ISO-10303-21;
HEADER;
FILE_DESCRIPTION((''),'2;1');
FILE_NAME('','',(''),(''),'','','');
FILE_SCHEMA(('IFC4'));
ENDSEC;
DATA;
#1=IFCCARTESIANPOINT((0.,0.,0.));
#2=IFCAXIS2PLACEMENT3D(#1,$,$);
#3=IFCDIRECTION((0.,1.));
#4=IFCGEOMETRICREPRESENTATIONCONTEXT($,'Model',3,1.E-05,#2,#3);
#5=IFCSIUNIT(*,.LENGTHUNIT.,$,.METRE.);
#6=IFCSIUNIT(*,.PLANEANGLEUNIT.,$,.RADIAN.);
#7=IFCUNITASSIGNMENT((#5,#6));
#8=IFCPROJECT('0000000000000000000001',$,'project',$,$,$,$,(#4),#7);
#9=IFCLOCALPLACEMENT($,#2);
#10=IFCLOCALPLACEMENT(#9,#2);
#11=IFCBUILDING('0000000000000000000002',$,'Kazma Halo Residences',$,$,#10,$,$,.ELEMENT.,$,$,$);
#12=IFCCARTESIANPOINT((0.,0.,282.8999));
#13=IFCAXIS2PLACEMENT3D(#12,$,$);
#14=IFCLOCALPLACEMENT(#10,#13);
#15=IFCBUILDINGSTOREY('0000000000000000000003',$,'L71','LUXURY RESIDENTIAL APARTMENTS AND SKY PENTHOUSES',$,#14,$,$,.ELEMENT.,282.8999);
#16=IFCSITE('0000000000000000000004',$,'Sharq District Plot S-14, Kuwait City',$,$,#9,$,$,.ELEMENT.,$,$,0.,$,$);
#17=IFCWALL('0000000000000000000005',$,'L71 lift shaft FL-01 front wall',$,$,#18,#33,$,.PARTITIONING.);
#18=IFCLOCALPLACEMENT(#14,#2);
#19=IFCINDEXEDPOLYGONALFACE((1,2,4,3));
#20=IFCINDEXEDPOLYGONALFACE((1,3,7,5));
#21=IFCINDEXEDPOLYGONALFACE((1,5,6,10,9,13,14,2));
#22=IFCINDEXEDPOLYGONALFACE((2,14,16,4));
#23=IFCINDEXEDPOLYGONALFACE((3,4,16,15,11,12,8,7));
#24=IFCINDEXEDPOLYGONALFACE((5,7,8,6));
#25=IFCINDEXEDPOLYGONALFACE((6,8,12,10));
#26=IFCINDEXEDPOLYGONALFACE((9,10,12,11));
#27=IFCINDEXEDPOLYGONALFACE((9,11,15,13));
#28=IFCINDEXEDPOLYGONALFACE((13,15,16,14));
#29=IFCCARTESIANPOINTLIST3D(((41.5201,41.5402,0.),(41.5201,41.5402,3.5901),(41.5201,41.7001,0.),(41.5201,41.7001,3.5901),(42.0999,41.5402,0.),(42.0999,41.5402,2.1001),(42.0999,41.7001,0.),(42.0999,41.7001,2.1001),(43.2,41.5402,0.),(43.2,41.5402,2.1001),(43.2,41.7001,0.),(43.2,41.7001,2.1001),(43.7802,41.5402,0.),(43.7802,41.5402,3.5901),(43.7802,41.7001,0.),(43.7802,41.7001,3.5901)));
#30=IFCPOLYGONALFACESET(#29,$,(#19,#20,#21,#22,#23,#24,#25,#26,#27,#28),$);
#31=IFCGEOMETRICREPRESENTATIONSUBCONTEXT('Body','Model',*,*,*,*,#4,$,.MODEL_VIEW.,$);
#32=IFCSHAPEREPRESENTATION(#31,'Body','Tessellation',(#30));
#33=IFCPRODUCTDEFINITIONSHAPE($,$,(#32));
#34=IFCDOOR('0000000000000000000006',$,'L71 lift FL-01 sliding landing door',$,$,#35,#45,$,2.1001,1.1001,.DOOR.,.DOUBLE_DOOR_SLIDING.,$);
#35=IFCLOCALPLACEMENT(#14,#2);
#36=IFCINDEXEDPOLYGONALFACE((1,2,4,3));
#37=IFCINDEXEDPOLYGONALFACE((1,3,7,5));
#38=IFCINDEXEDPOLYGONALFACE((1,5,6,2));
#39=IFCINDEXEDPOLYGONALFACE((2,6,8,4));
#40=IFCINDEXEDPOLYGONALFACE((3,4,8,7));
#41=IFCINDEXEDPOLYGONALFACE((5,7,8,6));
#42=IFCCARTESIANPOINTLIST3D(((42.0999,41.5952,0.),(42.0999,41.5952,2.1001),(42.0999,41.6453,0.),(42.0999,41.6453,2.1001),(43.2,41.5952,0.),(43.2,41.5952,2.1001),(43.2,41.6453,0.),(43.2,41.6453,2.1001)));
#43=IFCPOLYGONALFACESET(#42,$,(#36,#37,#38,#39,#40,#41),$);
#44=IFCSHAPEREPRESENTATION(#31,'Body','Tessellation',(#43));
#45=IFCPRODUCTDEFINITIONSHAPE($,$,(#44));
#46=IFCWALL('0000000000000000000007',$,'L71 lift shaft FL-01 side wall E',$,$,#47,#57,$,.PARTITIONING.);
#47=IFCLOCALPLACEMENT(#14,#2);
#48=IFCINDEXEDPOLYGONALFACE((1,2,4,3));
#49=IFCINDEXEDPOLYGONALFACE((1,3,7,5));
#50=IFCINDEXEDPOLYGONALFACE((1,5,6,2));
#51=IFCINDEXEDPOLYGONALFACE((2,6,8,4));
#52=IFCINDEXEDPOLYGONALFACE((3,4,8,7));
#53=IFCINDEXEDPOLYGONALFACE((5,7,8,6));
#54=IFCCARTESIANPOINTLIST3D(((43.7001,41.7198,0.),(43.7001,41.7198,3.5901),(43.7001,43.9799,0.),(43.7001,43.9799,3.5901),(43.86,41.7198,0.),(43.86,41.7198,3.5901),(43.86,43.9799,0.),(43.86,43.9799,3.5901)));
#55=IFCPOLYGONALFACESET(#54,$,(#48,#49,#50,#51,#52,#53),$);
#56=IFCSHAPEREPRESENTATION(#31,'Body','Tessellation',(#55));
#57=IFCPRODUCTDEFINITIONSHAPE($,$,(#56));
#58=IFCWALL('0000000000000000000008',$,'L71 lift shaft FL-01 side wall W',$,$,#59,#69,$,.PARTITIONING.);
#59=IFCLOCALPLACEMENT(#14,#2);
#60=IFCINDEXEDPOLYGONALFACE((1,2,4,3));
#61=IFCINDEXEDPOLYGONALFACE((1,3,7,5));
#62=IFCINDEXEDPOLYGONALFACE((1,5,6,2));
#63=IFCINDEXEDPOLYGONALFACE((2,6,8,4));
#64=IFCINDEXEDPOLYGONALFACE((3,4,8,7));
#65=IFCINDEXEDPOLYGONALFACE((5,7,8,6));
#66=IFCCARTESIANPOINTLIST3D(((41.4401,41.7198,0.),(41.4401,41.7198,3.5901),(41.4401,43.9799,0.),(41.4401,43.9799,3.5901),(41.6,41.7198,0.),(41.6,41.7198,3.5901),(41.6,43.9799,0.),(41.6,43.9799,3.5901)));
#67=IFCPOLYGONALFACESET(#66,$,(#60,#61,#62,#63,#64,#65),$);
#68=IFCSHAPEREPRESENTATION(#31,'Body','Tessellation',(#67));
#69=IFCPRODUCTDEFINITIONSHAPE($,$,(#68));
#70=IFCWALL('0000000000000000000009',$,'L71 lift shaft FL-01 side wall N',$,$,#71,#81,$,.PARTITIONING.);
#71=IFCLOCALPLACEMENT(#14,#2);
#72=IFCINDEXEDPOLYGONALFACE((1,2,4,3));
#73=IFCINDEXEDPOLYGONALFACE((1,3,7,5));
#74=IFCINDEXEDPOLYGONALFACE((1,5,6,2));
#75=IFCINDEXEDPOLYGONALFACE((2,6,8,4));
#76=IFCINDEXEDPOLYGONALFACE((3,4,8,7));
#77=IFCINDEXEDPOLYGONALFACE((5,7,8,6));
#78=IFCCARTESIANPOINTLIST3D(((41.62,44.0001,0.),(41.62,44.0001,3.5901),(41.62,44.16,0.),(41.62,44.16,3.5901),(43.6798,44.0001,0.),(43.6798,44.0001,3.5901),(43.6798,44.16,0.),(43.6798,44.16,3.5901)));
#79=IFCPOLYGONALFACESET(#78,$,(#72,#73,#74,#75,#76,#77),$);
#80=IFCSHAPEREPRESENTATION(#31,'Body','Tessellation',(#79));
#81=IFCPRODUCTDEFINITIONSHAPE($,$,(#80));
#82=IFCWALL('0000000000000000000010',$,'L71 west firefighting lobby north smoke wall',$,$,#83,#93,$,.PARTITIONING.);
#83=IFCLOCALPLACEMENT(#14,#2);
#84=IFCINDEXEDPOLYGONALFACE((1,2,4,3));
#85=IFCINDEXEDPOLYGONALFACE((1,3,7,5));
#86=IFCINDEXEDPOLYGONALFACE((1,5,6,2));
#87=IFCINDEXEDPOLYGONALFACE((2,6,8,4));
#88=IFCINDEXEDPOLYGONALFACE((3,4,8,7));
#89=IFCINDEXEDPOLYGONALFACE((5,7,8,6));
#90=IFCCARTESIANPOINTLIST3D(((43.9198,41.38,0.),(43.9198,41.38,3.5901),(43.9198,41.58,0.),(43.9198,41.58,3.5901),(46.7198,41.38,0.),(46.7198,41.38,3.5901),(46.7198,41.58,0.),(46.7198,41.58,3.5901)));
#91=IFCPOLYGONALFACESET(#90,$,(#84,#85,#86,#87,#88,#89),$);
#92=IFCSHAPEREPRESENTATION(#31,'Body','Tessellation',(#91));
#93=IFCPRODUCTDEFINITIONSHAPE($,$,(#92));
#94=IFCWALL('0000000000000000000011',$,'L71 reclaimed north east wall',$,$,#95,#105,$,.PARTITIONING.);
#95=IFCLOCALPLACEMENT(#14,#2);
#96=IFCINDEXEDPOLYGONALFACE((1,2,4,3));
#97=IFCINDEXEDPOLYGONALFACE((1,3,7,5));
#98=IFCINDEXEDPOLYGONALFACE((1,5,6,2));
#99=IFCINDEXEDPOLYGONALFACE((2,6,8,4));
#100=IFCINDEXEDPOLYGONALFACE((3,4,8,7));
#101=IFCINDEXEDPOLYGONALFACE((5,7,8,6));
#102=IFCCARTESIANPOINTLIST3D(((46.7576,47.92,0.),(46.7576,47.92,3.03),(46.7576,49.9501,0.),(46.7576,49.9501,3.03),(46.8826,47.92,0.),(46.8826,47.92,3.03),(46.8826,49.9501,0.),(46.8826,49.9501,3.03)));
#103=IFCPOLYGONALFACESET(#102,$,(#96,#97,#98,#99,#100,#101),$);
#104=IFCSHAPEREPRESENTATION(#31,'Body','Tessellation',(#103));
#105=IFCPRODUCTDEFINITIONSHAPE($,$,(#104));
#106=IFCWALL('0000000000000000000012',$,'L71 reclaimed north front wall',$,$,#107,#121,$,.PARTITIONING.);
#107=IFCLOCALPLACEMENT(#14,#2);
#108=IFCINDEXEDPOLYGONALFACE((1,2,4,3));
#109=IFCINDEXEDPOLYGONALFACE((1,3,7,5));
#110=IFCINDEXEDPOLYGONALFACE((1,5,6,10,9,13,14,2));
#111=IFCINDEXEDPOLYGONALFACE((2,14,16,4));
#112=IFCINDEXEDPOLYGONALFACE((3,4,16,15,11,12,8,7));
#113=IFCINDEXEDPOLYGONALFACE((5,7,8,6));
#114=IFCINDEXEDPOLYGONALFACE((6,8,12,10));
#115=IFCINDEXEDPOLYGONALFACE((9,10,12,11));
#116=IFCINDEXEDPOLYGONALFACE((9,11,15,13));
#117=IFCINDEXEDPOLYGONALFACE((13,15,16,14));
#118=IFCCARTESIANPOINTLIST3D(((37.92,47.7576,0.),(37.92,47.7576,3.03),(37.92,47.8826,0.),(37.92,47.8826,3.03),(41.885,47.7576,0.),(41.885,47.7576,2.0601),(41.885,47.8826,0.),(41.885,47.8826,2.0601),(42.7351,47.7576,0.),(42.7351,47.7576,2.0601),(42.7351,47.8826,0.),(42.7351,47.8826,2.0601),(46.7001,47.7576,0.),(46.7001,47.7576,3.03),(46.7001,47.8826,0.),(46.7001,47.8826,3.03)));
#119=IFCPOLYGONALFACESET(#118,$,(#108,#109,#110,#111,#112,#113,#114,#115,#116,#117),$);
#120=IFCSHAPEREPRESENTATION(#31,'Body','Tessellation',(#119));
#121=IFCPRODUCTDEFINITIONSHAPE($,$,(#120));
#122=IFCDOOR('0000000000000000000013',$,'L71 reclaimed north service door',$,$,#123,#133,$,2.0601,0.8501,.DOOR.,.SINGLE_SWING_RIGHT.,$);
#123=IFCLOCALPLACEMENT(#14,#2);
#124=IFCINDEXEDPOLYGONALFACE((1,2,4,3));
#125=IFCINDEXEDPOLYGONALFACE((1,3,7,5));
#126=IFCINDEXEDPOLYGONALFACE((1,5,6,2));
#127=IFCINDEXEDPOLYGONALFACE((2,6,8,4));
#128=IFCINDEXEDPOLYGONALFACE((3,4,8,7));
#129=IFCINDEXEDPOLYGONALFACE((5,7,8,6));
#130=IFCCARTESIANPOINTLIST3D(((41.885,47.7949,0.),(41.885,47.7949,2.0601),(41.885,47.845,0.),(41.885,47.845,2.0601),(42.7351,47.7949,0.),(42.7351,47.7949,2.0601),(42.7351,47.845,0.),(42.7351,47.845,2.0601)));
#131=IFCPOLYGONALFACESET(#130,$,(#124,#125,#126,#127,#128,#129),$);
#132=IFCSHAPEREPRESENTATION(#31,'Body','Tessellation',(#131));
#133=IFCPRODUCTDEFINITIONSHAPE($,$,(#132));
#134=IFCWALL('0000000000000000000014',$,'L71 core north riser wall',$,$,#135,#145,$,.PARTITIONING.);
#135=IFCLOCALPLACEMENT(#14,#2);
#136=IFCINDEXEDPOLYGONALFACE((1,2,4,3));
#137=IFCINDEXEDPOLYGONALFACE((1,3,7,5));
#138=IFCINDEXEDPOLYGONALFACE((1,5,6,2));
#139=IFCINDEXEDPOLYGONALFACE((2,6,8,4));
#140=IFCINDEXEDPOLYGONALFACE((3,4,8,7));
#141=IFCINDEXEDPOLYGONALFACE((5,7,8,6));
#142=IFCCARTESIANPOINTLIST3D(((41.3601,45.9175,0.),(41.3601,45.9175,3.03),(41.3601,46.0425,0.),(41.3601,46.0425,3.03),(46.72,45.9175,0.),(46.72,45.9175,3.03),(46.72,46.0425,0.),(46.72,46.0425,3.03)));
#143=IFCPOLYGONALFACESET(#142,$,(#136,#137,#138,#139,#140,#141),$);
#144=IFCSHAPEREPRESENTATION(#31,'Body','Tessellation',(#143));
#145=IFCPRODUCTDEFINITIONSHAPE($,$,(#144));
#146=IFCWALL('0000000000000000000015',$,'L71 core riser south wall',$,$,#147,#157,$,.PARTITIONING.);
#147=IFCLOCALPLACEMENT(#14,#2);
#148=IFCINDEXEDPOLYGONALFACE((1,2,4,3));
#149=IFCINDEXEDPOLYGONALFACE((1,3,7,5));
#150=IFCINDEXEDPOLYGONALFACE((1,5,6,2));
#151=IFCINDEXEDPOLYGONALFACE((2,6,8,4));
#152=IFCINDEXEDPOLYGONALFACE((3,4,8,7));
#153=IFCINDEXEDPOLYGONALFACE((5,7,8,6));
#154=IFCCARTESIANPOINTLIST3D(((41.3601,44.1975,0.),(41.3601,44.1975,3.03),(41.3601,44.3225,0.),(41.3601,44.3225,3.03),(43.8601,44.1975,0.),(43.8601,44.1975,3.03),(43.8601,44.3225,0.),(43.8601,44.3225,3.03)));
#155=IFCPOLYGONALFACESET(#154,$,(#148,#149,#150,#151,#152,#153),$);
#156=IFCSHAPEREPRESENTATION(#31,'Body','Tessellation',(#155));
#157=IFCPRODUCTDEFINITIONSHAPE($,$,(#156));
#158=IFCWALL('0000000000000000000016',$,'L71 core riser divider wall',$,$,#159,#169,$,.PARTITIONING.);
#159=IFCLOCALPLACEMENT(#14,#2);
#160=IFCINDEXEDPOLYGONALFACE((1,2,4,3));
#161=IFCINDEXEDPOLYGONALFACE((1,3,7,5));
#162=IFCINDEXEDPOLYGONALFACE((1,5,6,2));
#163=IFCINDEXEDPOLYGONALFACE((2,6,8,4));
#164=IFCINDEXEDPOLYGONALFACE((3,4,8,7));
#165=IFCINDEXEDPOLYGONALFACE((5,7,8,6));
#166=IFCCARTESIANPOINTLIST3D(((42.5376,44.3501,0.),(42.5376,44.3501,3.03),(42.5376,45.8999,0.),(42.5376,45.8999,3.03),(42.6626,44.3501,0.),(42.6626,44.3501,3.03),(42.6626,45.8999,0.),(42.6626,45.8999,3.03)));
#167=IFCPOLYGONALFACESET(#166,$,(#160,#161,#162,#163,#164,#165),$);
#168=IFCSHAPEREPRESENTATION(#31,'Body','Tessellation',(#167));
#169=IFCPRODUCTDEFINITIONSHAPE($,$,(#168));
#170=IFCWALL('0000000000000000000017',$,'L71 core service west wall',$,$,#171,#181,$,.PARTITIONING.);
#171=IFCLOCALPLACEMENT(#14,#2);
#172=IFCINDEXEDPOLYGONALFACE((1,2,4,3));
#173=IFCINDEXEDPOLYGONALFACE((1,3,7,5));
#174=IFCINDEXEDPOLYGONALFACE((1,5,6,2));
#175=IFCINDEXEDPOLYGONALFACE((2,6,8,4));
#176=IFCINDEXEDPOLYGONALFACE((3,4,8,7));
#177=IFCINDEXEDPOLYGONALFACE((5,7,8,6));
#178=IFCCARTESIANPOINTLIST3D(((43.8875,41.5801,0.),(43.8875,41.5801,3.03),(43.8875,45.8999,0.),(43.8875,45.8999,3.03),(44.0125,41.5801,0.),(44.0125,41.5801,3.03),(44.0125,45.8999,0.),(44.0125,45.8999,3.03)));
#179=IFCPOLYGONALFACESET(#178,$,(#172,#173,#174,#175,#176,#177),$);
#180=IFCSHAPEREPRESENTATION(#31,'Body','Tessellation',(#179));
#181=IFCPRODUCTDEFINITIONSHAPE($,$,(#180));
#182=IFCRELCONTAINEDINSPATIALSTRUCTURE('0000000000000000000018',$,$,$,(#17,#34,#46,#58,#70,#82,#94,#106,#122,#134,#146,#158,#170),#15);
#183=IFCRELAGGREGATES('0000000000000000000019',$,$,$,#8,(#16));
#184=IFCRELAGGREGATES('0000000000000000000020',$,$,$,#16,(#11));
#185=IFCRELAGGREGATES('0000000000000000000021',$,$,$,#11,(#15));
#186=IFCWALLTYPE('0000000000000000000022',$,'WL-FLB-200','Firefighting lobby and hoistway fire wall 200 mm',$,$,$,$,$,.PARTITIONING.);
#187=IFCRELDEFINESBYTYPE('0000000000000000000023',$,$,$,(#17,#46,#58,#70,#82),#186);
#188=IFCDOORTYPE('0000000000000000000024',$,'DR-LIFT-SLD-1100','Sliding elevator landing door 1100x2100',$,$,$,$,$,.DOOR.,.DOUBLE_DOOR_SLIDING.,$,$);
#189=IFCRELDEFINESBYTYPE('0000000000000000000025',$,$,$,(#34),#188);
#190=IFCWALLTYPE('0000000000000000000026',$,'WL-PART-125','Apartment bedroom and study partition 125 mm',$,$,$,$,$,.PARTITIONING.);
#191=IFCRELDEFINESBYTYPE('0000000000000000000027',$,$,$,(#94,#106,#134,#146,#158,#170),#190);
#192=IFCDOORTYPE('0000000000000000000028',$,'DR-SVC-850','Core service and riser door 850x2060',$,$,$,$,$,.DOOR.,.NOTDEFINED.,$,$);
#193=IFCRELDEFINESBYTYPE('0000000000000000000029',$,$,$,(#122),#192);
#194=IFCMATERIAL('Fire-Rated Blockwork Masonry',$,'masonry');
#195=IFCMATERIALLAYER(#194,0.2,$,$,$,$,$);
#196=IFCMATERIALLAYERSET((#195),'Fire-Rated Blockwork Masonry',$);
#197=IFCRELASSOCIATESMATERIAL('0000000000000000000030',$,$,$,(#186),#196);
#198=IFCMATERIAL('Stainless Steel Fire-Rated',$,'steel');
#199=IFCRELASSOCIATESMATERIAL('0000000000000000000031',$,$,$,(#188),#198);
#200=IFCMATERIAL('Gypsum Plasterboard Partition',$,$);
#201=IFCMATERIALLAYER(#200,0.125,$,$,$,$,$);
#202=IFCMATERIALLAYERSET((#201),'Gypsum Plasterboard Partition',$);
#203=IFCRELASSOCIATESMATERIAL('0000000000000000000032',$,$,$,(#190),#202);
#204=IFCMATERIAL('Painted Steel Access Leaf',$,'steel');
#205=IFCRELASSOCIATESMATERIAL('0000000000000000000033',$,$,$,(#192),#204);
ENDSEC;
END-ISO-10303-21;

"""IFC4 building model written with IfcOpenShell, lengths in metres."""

from ifc_helpers import new_model, si_unit, direction, frame, frame_2d, origin, place, context, subcontext, project, spatial, rectangle, extrude, material, layer, layer_set, type_object, element, fill, save


model = new_model("IFC4")

# Units and contexts
model_context = context("Model", 3, precision=1e-05, world=origin(), true_north=direction((0.0, 1.0)))
body_context = subcontext(model_context, "Body", "Model", "MODEL_VIEW")
ifc_project = project(units=[si_unit("LENGTHUNIT", "METRE"), si_unit("PLANEANGLEUNIT", "RADIAN")], contexts=[model_context])

# Site, building, storey
site_placement = place(None, origin())
site = spatial("IfcSite", under=ifc_project, at=site_placement, Name="Sharq District Plot S-14, Kuwait City", CompositionType="ELEMENT", RefElevation=0.0)
building_placement = place(site_placement, origin())
building = spatial("IfcBuilding", under=site, at=building_placement, Name="Kazma Halo Residences", CompositionType="ELEMENT")
storey_placement = place(building_placement, frame((0.0, 0.0, 282.8999)))
storey = spatial("IfcBuildingStorey", under=building, at=storey_placement, Name="L71", Description="LUXURY RESIDENTIAL APARTMENTS AND SKY PENTHOUSES", CompositionType="ELEMENT", Elevation=282.8999)

# Wall, opening, door
ifc_material_1 = material(Name="Fire-Rated Blockwork Masonry", Category="masonry")
ifc_layer_1 = layer(ifc_material_1, 0.2)
ifc_layer_set_1 = layer_set([ifc_layer_1], Name="Fire-Rated Blockwork Masonry")
wall_type_1 = type_object("IfcWallType", Name="WL-FLB-200", Description="Firefighting lobby and hoistway fire wall 200 mm", PredefinedType="PARTITIONING", material=ifc_layer_set_1)
wall_1_placement = place(storey_placement, frame((43.78, 41.6201, 0.0), z_axis=(0.0, 0.0, 1.0), x_axis=(-1.0, 0.0, 0.0)))
wall_1 = element("IfcWall", 1, at=wall_1_placement, inside=storey, type_object=wall_type_1, Name="L71 lift shaft FL-01 front wall", PredefinedType="PARTITIONING", context=body_context, shape_type="SweptSolid", body=[
    extrude(rectangle(XDim=2.26, YDim=0.1599, at=frame_2d((1.1299, 0.0))), origin(), (0.0, 0.0, 1.0), 3.5901),
])
opening_1_placement = place(wall_1_placement, frame((0.5801, 0.0, 0.0)))
opening_1 = element("IfcOpeningElement", 2, at=opening_1_placement, cuts=wall_1, PredefinedType="OPENING", context=body_context, shape_type="SweptSolid", body=[
    extrude(rectangle(XDim=1.1001, YDim=2.1001, at=frame_2d((0.55, 1.05))), frame((0.0, 0.0898, 0.0), z_axis=(0.0, -1.0, 0.0), x_axis=(1.0, 0.0, 0.0)), (0.0, 0.0, 1.0), 0.1799),
])
ifc_material_2 = material(Name="Stainless Steel Fire-Rated", Category="steel")
door_type_1 = type_object("IfcDoorType", Name="DR-LIFT-SLD-1100", Description="Sliding elevator landing door 1100x2100", OperationType="DOUBLE_DOOR_SLIDING", PredefinedType="DOOR", material=ifc_material_2)
door_1_placement = place(opening_1_placement, origin())
door_1 = element("IfcDoor", 3, at=door_1_placement, inside=storey, type_object=door_type_1, Name="L71 lift FL-01 sliding landing door", OperationType="DOUBLE_DOOR_SLIDING", OverallHeight=2.1001, OverallWidth=1.1001, PredefinedType="DOOR", context=body_context, shape_type="SweptSolid", body=[
    extrude(rectangle(XDim=1.1001, YDim=2.1001, at=frame_2d((0.55, 1.05))), frame((0.0, 0.0249, 0.0), z_axis=(0.0, -1.0, 0.0), x_axis=(1.0, 0.0, 0.0)), (0.0, 0.0, 1.0), 0.05),
])
fill(opening_1, door_1)

# Walls
for number, where, z_axis, x_axis, name in (
    (4, (43.78, 41.72, 0.0), (0.0, 0.0, 1.0), (0.0, 1.0, 0.0), "L71 lift shaft FL-01 side wall E"),
    (5, (41.52, 41.72, 0.0), (0.0, 0.0, 1.0), (0.0, 1.0, 0.0), "L71 lift shaft FL-01 side wall W"),
):
    element("IfcWall", number, at=place(storey_placement, frame(where, z_axis=z_axis, x_axis=x_axis)), inside=storey, type_object=wall_type_1, Name=name, PredefinedType="PARTITIONING", context=body_context, shape_type="SweptSolid", body=[
        extrude(rectangle(XDim=2.26, YDim=0.1599, at=frame_2d((1.1299, 0.0))), origin(), (0.0, 0.0, 1.0), 3.5901),
    ])
wall_2_placement = place(storey_placement, frame((41.6201, 44.0801, 0.0), z_axis=(0.0, 0.0, 1.0), x_axis=(1.0, 0.0, 0.0)))
element("IfcWall", 6, at=wall_2_placement, inside=storey, type_object=wall_type_1, Name="L71 lift shaft FL-01 side wall N", PredefinedType="PARTITIONING", context=body_context, shape_type="SweptSolid", body=[
    extrude(rectangle(XDim=2.0598, YDim=0.1599, at=frame_2d((1.0298, 0.0))), origin(), (0.0, 0.0, 1.0), 3.5901),
])
wall_3_placement = place(storey_placement, frame((43.9199, 41.48, 0.0), z_axis=(0.0, 0.0, 1.0), x_axis=(1.0, 0.0, 0.0)))
element("IfcWall", 7, at=wall_3_placement, inside=storey, type_object=wall_type_1, Name="L71 west firefighting lobby north smoke wall", PredefinedType="PARTITIONING", context=body_context, shape_type="SweptSolid", body=[
    extrude(rectangle(XDim=2.8, YDim=0.2, at=frame_2d((1.3999, 0.0))), origin(), (0.0, 0.0, 1.0), 3.5901),
])
ifc_material_3 = material(Name="Gypsum Plasterboard Partition")
ifc_layer_2 = layer(ifc_material_3, 0.125)
ifc_layer_set_2 = layer_set([ifc_layer_2], Name="Gypsum Plasterboard Partition")
wall_type_2 = type_object("IfcWallType", Name="WL-PART-125", Description="Apartment bedroom and study partition 125 mm", PredefinedType="PARTITIONING", material=ifc_layer_set_2)
wall_4_placement = place(storey_placement, frame((46.8201, 47.9199, 0.0), z_axis=(0.0, 0.0, 1.0), x_axis=(0.0, 1.0, 0.0)))
element("IfcWall", 8, at=wall_4_placement, inside=storey, type_object=wall_type_2, Name="L71 reclaimed north east wall", PredefinedType="PARTITIONING", context=body_context, shape_type="SweptSolid", body=[
    extrude(rectangle(XDim=2.03, YDim=0.125, at=frame_2d((1.0151, 0.0))), origin(), (0.0, 0.0, 1.0), 3.03),
])

# Wall, opening, door
wall_5_placement = place(storey_placement, frame((37.9199, 47.8201, 0.0), z_axis=(0.0, 0.0, 1.0), x_axis=(1.0, 0.0, 0.0)))
wall_5 = element("IfcWall", 9, at=wall_5_placement, inside=storey, type_object=wall_type_2, Name="L71 reclaimed north front wall", PredefinedType="PARTITIONING", context=body_context, shape_type="SweptSolid", body=[
    extrude(rectangle(XDim=8.78, YDim=0.125, at=frame_2d((4.3901, 0.0))), origin(), (0.0, 0.0, 1.0), 3.03),
])
opening_2_placement = place(wall_5_placement, frame((3.9651, 0.0, 0.0)))
opening_2 = element("IfcOpeningElement", 10, at=opening_2_placement, cuts=wall_5, PredefinedType="OPENING", context=body_context, shape_type="SweptSolid", body=[
    extrude(rectangle(XDim=0.8501, YDim=2.0601, at=frame_2d((0.425, 1.03))), frame((0.0, 0.0725, 0.0), z_axis=(0.0, -1.0, 0.0), x_axis=(1.0, 0.0, 0.0)), (0.0, 0.0, 1.0), 0.145),
])
ifc_material_4 = material(Name="Painted Steel Access Leaf", Category="steel")
door_type_2 = type_object("IfcDoorType", Name="DR-SVC-850", Description="Core service and riser door 850x2060", OperationType="NOTDEFINED", PredefinedType="DOOR", material=ifc_material_4)
door_2_placement = place(opening_2_placement, origin())
door_2 = element("IfcDoor", 11, at=door_2_placement, inside=storey, type_object=door_type_2, Name="L71 reclaimed north service door", OperationType="SINGLE_SWING_RIGHT", OverallHeight=2.0601, OverallWidth=0.8501, PredefinedType="DOOR", context=body_context, shape_type="SweptSolid", body=[
    extrude(rectangle(XDim=0.8501, YDim=2.0601, at=frame_2d((0.425, 1.03))), frame((0.0, 0.0249, 0.0), z_axis=(0.0, -1.0, 0.0), x_axis=(1.0, 0.0, 0.0)), (0.0, 0.0, 1.0), 0.05),
])
fill(opening_2, door_2)

# Walls
wall_6_placement = place(storey_placement, frame((41.3601, 45.98, 0.0), z_axis=(0.0, 0.0, 1.0), x_axis=(1.0, 0.0, 0.0)))
element("IfcWall", 12, at=wall_6_placement, inside=storey, type_object=wall_type_2, Name="L71 core north riser wall", PredefinedType="PARTITIONING", context=body_context, shape_type="SweptSolid", body=[
    extrude(rectangle(XDim=5.3599, YDim=0.125, at=frame_2d((2.6799, 0.0))), origin(), (0.0, 0.0, 1.0), 3.03),
])
wall_7_placement = place(storey_placement, frame((41.3601, 44.26, 0.0), z_axis=(0.0, 0.0, 1.0), x_axis=(1.0, 0.0, 0.0)))
element("IfcWall", 13, at=wall_7_placement, inside=storey, type_object=wall_type_2, Name="L71 core riser south wall", PredefinedType="PARTITIONING", context=body_context, shape_type="SweptSolid", body=[
    extrude(rectangle(XDim=2.5, YDim=0.125, at=frame_2d((1.25, 0.0))), origin(), (0.0, 0.0, 1.0), 3.03),
])
wall_8_placement = place(storey_placement, frame((42.6001, 44.3501, 0.0), z_axis=(0.0, 0.0, 1.0), x_axis=(0.0, 1.0, 0.0)))
element("IfcWall", 14, at=wall_8_placement, inside=storey, type_object=wall_type_2, Name="L71 core riser divider wall", PredefinedType="PARTITIONING", context=body_context, shape_type="SweptSolid", body=[
    extrude(rectangle(XDim=1.5498, YDim=0.125, at=frame_2d((0.7749, 0.0))), origin(), (0.0, 0.0, 1.0), 3.03),
])
wall_9_placement = place(storey_placement, frame((43.95, 41.5801, 0.0), z_axis=(0.0, 0.0, 1.0), x_axis=(0.0, 1.0, 0.0)))
element("IfcWall", 15, at=wall_9_placement, inside=storey, type_object=wall_type_2, Name="L71 core service west wall", PredefinedType="PARTITIONING", context=body_context, shape_type="SweptSolid", body=[
    extrude(rectangle(XDim=4.3198, YDim=0.125, at=frame_2d((2.1599, 0.0))), origin(), (0.0, 0.0, 1.0), 3.03),
])

save(model, "model.ifc")
